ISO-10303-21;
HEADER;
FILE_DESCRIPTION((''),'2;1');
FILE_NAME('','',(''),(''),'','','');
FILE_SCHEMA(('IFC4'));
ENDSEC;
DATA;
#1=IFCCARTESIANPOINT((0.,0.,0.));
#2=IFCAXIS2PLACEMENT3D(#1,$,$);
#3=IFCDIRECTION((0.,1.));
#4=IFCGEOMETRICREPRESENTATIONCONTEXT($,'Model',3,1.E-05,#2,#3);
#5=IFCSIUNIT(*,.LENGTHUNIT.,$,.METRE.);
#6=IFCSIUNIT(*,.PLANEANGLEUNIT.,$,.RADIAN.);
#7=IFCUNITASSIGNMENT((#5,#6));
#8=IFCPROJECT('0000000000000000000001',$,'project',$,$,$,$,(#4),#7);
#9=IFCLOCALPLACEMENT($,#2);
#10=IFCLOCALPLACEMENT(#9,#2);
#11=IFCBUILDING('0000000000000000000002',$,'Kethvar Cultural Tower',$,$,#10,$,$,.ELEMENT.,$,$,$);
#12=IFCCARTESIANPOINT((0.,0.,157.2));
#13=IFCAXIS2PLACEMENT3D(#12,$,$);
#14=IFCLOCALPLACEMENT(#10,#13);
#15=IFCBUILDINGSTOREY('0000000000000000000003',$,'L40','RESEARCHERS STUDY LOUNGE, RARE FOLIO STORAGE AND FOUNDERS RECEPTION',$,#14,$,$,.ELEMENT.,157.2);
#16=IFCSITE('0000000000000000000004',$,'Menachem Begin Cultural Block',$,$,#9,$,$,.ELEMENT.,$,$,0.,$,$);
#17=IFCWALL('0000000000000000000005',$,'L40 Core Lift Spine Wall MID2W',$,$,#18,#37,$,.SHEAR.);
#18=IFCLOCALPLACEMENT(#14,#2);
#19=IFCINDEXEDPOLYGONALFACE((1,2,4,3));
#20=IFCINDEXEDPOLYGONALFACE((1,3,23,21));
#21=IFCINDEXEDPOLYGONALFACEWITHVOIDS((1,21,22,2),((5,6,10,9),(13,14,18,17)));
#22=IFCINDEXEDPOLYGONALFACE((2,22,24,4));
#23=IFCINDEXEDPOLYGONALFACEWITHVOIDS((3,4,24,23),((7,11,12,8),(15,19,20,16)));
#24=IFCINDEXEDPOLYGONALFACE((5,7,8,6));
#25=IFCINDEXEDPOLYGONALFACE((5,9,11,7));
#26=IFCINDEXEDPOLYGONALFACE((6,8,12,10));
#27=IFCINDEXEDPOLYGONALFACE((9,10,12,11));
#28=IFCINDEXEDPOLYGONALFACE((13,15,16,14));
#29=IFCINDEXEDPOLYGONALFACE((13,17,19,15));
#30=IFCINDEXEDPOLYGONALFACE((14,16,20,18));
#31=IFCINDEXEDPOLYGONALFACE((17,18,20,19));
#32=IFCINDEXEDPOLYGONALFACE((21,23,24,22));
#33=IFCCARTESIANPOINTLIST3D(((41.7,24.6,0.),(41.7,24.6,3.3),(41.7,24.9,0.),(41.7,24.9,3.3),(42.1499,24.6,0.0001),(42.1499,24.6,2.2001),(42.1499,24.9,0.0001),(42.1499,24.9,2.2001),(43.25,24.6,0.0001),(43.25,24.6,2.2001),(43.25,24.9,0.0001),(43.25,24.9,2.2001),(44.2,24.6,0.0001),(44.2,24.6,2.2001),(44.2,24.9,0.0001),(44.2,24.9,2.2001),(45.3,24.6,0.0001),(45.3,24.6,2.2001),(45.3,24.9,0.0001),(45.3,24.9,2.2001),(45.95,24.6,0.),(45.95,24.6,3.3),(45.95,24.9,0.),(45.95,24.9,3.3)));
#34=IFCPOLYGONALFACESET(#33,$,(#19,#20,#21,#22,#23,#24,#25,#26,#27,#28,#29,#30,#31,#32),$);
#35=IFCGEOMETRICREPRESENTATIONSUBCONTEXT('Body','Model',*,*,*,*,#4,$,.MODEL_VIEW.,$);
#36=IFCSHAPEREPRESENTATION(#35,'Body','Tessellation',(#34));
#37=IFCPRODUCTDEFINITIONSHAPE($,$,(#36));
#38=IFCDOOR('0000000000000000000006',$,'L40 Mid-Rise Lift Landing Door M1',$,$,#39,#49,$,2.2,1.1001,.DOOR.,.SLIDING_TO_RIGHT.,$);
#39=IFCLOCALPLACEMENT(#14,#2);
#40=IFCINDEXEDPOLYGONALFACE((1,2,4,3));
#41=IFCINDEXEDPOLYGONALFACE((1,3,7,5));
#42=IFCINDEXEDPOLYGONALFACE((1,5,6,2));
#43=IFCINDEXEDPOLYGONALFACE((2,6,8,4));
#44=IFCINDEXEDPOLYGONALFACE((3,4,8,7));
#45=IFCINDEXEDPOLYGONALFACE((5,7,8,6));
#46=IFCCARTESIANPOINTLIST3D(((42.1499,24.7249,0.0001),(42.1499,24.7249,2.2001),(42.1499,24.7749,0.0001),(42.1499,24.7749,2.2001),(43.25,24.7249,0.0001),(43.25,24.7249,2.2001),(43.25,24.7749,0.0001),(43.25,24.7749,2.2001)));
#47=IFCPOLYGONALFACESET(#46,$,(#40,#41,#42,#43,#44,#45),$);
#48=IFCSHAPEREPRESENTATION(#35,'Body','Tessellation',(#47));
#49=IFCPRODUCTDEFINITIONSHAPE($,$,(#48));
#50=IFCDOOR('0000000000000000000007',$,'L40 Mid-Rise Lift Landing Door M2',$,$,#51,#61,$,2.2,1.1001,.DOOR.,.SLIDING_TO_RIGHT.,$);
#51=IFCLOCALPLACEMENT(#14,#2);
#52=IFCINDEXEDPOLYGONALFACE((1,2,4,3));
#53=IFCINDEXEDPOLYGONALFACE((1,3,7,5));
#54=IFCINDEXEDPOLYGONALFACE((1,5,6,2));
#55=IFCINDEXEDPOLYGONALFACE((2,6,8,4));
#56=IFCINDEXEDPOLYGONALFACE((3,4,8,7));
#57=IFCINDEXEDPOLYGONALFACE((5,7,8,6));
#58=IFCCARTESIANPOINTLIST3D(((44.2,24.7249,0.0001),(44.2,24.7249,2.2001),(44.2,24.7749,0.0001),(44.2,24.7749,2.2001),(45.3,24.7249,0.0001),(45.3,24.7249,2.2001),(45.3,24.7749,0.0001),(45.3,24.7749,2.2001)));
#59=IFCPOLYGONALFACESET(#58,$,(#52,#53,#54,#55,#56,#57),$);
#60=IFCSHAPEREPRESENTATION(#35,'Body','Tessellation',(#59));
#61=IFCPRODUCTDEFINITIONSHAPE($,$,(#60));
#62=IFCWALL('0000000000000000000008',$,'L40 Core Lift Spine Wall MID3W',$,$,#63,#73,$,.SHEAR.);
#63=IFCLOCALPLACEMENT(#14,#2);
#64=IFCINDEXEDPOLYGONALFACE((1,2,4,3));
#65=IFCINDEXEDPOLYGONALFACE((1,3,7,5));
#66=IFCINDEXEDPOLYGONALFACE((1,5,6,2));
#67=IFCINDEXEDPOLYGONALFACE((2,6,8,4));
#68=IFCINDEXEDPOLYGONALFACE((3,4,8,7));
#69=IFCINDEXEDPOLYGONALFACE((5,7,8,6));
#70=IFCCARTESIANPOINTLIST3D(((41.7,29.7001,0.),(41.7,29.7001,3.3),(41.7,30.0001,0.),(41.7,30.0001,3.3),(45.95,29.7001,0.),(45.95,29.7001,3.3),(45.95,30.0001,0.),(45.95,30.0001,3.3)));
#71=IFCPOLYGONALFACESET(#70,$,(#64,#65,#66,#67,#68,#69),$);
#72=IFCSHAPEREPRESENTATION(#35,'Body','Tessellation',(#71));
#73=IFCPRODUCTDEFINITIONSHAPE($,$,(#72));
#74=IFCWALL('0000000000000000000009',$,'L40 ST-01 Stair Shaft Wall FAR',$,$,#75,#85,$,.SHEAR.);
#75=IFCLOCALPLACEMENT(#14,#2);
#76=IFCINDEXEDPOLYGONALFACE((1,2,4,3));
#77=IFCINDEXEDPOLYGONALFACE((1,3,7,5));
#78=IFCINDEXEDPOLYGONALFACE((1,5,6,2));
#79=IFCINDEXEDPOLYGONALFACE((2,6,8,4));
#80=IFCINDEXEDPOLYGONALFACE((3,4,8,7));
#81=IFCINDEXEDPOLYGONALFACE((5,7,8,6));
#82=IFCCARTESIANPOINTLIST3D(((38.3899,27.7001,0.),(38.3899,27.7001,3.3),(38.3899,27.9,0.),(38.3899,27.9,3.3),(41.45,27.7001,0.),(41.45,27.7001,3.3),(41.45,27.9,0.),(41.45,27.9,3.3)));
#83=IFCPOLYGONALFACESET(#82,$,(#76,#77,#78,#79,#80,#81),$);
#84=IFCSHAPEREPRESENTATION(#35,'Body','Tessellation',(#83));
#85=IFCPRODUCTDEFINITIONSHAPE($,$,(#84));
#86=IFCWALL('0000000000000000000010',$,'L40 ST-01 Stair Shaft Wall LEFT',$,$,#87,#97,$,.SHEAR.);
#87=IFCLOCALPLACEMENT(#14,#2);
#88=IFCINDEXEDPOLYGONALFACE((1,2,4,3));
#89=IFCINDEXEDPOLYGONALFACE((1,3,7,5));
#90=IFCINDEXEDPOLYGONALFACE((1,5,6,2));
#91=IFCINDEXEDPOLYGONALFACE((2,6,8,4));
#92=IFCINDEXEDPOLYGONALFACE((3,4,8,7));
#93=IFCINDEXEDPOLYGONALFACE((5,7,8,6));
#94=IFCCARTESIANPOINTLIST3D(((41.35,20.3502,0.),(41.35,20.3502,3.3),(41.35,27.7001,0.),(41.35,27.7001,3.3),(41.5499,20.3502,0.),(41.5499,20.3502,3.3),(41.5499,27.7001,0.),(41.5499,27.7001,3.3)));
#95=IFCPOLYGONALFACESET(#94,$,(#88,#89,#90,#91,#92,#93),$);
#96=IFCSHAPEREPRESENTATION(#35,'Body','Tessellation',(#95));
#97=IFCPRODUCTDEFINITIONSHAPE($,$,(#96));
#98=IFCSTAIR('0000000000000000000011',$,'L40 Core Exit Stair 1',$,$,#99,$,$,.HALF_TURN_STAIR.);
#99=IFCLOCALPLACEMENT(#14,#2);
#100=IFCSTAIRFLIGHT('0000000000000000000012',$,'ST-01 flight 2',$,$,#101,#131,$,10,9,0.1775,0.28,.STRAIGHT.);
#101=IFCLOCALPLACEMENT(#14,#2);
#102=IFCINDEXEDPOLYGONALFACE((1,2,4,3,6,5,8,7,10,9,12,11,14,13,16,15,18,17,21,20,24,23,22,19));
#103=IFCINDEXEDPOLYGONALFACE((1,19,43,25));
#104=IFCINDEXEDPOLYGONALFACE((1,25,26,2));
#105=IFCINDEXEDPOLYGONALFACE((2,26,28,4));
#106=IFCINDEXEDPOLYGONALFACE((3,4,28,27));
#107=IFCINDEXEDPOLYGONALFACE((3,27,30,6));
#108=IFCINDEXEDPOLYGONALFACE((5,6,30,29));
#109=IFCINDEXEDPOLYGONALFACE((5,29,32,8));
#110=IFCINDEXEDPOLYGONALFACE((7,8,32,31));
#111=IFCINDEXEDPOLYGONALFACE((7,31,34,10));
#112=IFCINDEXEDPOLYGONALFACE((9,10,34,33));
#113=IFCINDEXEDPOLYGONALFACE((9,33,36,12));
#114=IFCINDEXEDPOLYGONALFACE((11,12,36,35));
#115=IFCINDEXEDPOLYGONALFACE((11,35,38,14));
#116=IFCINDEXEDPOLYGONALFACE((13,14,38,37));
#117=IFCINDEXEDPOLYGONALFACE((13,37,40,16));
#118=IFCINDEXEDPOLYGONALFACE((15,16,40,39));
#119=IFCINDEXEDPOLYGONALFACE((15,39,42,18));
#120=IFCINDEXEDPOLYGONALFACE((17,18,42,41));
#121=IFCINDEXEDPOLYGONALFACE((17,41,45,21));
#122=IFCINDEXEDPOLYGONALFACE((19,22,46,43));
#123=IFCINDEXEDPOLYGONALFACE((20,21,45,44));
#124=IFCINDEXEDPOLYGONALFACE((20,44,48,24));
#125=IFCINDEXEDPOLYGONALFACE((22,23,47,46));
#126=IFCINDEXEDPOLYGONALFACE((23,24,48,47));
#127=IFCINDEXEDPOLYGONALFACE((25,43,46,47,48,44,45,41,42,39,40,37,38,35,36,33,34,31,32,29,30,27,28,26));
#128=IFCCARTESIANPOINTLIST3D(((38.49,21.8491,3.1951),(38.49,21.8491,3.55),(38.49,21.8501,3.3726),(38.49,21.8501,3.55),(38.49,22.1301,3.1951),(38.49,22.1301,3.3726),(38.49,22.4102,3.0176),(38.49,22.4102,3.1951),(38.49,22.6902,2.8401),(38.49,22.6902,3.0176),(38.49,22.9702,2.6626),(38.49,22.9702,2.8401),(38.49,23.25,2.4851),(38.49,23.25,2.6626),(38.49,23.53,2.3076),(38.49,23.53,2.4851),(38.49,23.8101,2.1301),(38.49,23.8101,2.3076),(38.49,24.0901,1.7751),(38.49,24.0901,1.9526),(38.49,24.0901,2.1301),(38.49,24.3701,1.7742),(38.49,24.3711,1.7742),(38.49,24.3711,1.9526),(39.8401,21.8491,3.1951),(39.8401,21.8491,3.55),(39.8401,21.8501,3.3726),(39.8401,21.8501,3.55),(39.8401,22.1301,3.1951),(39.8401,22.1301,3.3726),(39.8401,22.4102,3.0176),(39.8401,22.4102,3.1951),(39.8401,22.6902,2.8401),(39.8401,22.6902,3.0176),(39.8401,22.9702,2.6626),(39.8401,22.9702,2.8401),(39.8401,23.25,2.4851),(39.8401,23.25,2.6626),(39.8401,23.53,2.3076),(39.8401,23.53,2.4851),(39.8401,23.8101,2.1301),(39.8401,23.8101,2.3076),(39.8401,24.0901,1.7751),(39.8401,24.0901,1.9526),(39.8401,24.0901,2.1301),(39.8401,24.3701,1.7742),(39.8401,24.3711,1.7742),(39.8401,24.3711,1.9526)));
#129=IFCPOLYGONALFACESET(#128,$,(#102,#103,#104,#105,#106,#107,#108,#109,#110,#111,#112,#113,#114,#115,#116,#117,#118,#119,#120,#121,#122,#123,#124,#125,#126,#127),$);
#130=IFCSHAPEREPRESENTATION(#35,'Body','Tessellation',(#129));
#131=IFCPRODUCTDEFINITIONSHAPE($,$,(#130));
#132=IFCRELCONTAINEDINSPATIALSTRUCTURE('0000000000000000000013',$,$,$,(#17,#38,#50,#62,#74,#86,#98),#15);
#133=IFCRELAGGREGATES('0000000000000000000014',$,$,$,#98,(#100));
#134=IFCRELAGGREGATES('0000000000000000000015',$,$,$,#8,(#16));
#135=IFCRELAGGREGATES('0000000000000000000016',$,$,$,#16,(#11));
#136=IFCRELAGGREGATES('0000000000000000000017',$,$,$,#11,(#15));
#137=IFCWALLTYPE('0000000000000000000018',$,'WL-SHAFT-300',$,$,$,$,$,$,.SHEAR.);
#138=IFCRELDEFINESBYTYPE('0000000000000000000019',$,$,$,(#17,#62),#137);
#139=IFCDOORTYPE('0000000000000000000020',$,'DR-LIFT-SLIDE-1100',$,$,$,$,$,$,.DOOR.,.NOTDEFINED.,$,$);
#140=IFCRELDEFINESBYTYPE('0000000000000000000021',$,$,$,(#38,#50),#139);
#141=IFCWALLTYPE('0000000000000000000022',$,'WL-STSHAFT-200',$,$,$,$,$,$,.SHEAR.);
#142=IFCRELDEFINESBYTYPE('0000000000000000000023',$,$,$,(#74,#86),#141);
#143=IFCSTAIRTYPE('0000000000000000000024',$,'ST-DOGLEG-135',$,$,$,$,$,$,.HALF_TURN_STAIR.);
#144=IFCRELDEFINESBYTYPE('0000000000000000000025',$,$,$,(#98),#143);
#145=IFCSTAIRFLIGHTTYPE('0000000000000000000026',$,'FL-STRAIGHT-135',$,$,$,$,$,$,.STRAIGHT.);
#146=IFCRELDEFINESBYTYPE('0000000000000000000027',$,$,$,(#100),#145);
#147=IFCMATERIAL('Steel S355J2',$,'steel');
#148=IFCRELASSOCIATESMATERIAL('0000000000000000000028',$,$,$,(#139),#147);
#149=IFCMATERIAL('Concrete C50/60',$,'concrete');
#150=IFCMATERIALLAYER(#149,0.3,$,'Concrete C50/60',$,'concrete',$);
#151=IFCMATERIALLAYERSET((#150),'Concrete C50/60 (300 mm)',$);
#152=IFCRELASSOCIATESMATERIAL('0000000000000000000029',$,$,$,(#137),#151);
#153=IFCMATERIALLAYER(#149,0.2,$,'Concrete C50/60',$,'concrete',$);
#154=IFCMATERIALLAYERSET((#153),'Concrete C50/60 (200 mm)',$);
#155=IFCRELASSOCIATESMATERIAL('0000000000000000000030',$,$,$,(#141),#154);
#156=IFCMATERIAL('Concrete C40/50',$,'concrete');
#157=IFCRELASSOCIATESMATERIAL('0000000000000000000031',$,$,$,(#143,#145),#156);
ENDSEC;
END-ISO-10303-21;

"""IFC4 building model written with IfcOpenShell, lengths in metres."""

from ifc_helpers import new_model, si_unit, direction, frame, frame_2d, origin, place, context, subcontext, project, spatial, polyline, rectangle, outline, extrude, source, transform, mapped, material, layer, layer_set, type_object, element, fill, aggregate, save


model = new_model("IFC4")

# Units and contexts
model_context = context("Model", 3, precision=1e-05, world=origin(), true_north=direction((0.0, 1.0)))
body_context = subcontext(model_context, "Body", "Model", "MODEL_VIEW")
ifc_project = project(units=[si_unit("LENGTHUNIT", "METRE"), si_unit("PLANEANGLEUNIT", "RADIAN")], contexts=[model_context])

# Site, building, storey
site_placement = place(None, origin())
site = spatial("IfcSite", under=ifc_project, at=site_placement, Name="Menachem Begin Cultural Block", CompositionType="ELEMENT", RefElevation=0.0)
building_placement = place(site_placement, origin())
building = spatial("IfcBuilding", under=site, at=building_placement, Name="Kethvar Cultural Tower", CompositionType="ELEMENT")
storey_placement = place(building_placement, frame((0.0, 0.0, 157.2)))
storey = spatial("IfcBuildingStorey", under=building, at=storey_placement, Name="L40", Description="RESEARCHERS STUDY LOUNGE, RARE FOLIO STORAGE AND FOUNDERS RECEPTION", CompositionType="ELEMENT", Elevation=157.2)

# Shared definitions
ifc_material_1 = material(Name="Steel S355J2", Category="steel")

# Shared definitions
door_type = type_object("IfcDoorType", Name="DR-LIFT-SLIDE-1100", OperationType="NOTDEFINED", PredefinedType="DOOR", material=ifc_material_1)
shared_shape_1 = source(origin(), body_context, "Body", "SweptSolid", [
    extrude(rectangle(XDim=1.1001, YDim=2.2, at=frame_2d((0.55, 1.1001))), frame((0.0, 0.0249, 0.0), z_axis=(0.0, -1.0, 0.0), x_axis=(1.0, 0.0, 0.0)), (0.0, 0.0, 1.0), 0.05),
])

# Shared definitions
ifc_material_2 = material(Name="Concrete C40/50", Category="concrete")

# Wall, openings, doors
ifc_material_3 = material(Name="Concrete C50/60", Category="concrete")
ifc_layer_1 = layer(ifc_material_3, 0.3, Name="Concrete C50/60", Category="concrete")
ifc_layer_set_1 = layer_set([ifc_layer_1], Name="Concrete C50/60 (300 mm)")
wall_type_1 = type_object("IfcWallType", Name="WL-SHAFT-300", PredefinedType="SHEAR", material=ifc_layer_set_1)
wall_1_placement = place(storey_placement, frame((41.7, 24.75, 0.0), z_axis=(0.0, 0.0, 1.0), x_axis=(1.0, 0.0, 0.0)))
wall_1 = element("IfcWall", 1, at=wall_1_placement, inside=storey, type_object=wall_type_1, Name="L40 Core Lift Spine Wall MID2W", PredefinedType="SHEAR", context=body_context, shape_type="SweptSolid", body=[
    extrude(rectangle(XDim=4.25, YDim=0.3, at=frame_2d((2.125, 0.0))), origin(), (0.0, 0.0, 1.0), 3.3),
])
opening_1_placement = place(wall_1_placement, frame((0.45, 0.0, 0.0)))
opening_1 = element("IfcOpeningElement", 2, at=opening_1_placement, cuts=wall_1, PredefinedType="OPENING", context=body_context, shape_type="SweptSolid", body=[
    extrude(rectangle(XDim=1.1001, YDim=2.2, at=frame_2d((0.55, 1.1001))), frame((0.0, 0.1599, 0.0), z_axis=(0.0, -1.0, 0.0), x_axis=(1.0, 0.0, 0.0)), (0.0, 0.0, 1.0), 0.3201),
])
opening_2_placement = place(wall_1_placement, frame((2.5, 0.0, 0.0)))
opening_2 = element("IfcOpeningElement", 3, at=opening_2_placement, cuts=wall_1, PredefinedType="OPENING", context=body_context, shape_type="SweptSolid", body=[
    extrude(rectangle(XDim=1.1001, YDim=2.2, at=frame_2d((0.55, 1.1001))), frame((0.0, 0.1599, 0.0), z_axis=(0.0, -1.0, 0.0), x_axis=(1.0, 0.0, 0.0)), (0.0, 0.0, 1.0), 0.3201),
])
door_1_placement = place(opening_1_placement, origin())
door_1 = element("IfcDoor", 4, at=door_1_placement, inside=storey, type_object=door_type, Name="L40 Mid-Rise Lift Landing Door M1", OperationType="SLIDING_TO_RIGHT", OverallHeight=2.2, OverallWidth=1.1001, PredefinedType="DOOR", context=body_context, shape_type="MappedRepresentation", body=[
    mapped(shared_shape_1, transform((0.0, 0.0, 0.0), scale=1.0)),
])
fill(opening_1, door_1)
door_2_placement = place(opening_2_placement, origin())
door_2 = element("IfcDoor", 5, at=door_2_placement, inside=storey, type_object=door_type, Name="L40 Mid-Rise Lift Landing Door M2", OperationType="SLIDING_TO_RIGHT", OverallHeight=2.2, OverallWidth=1.1001, PredefinedType="DOOR", context=body_context, shape_type="MappedRepresentation", body=[
    mapped(shared_shape_1, transform((0.0, 0.0, 0.0), scale=1.0)),
])
fill(opening_2, door_2)

# Walls
wall_2_placement = place(storey_placement, frame((41.7, 29.8501, 0.0), z_axis=(0.0, 0.0, 1.0), x_axis=(1.0, 0.0, 0.0)))
element("IfcWall", 6, at=wall_2_placement, inside=storey, type_object=wall_type_1, Name="L40 Core Lift Spine Wall MID3W", PredefinedType="SHEAR", context=body_context, shape_type="SweptSolid", body=[
    extrude(rectangle(XDim=4.25, YDim=0.3, at=frame_2d((2.125, 0.0))), origin(), (0.0, 0.0, 1.0), 3.3),
])
ifc_layer_2 = layer(ifc_material_3, 0.2, Name="Concrete C50/60", Category="concrete")
ifc_layer_set_2 = layer_set([ifc_layer_2], Name="Concrete C50/60 (200 mm)")
wall_type_2 = type_object("IfcWallType", Name="WL-STSHAFT-200", PredefinedType="SHEAR", material=ifc_layer_set_2)
wall_3_placement = place(storey_placement, frame((38.3899, 27.8, 0.0), z_axis=(0.0, 0.0, 1.0), x_axis=(1.0, 0.0, 0.0)))
element("IfcWall", 7, at=wall_3_placement, inside=storey, type_object=wall_type_2, Name="L40 ST-01 Stair Shaft Wall FAR", PredefinedType="SHEAR", context=body_context, shape_type="SweptSolid", body=[
    extrude(rectangle(XDim=3.0601, YDim=0.2, at=frame_2d((1.53, 0.0))), origin(), (0.0, 0.0, 1.0), 3.3),
])
wall_4_placement = place(storey_placement, frame((41.45, 27.7, 0.0), z_axis=(0.0, 0.0, 1.0), x_axis=(0.0, -1.0, 0.0)))
element("IfcWall", 8, at=wall_4_placement, inside=storey, type_object=wall_type_2, Name="L40 ST-01 Stair Shaft Wall LEFT", PredefinedType="SHEAR", context=body_context, shape_type="SweptSolid", body=[
    extrude(rectangle(XDim=7.3499, YDim=0.2, at=frame_2d((3.6748, 0.0))), origin(), (0.0, 0.0, 1.0), 3.3),
])

# Stair, stair flight
stair_type = type_object("IfcStairType", Name="ST-DOGLEG-135", PredefinedType="HALF_TURN_STAIR", material=ifc_material_2)
stair_placement = place(storey_placement, origin())
stair = element("IfcStair", 9, at=stair_placement, inside=storey, type_object=stair_type, Name="L40 Core Exit Stair 1", PredefinedType="HALF_TURN_STAIR")
stair_flight_type = type_object("IfcStairFlightType", Name="FL-STRAIGHT-135", PredefinedType="STRAIGHT", material=ifc_material_2)
stair_flight_placement = place(storey_placement, frame((39.165, 24.3701, 1.7751), z_axis=(0.0, 0.0, 1.0), x_axis=(0.0, -1.0, 0.0)))
stair_flight = element("IfcStairFlight", 10, at=stair_flight_placement, type_object=stair_flight_type, Name="ST-01 flight 2", NumberOfRisers=10, NumberOfTreads=9, PredefinedType="STRAIGHT", RiserHeight=0.1775, TreadLength=0.28, context=body_context, shape_type="SweptSolid", body=[
    extrude(outline(polyline([(-0.001, -0.001), (-0.001, 0.1775), (0.28, 0.1775), (0.28, 0.355), (0.5601, 0.355), (0.5601, 0.5325), (0.8401, 0.5325), (0.8401, 0.71), (1.1201, 0.71), (1.1201, 0.8875), (1.3999, 0.8875), (1.3999, 1.0649), (1.6799, 1.0649), (1.6799, 1.2424), (1.96, 1.2424), (1.96, 1.4199), (2.24, 1.4199), (2.24, 1.5974), (2.52, 1.5974), (2.52, 1.7749), (2.521, 1.7749), (2.521, 1.4199), (0.28, 0.0), (0.0, -0.001), (-0.001, -0.001)])), frame((0.0, 0.675, 0.0), z_axis=(0.0, -1.0, 0.0), x_axis=(1.0, 0.0, 0.0)), (0.0, 0.0, 1.0), 1.3501),
])
aggregate(stair, [stair_flight])

save(model, "model.ifc")
